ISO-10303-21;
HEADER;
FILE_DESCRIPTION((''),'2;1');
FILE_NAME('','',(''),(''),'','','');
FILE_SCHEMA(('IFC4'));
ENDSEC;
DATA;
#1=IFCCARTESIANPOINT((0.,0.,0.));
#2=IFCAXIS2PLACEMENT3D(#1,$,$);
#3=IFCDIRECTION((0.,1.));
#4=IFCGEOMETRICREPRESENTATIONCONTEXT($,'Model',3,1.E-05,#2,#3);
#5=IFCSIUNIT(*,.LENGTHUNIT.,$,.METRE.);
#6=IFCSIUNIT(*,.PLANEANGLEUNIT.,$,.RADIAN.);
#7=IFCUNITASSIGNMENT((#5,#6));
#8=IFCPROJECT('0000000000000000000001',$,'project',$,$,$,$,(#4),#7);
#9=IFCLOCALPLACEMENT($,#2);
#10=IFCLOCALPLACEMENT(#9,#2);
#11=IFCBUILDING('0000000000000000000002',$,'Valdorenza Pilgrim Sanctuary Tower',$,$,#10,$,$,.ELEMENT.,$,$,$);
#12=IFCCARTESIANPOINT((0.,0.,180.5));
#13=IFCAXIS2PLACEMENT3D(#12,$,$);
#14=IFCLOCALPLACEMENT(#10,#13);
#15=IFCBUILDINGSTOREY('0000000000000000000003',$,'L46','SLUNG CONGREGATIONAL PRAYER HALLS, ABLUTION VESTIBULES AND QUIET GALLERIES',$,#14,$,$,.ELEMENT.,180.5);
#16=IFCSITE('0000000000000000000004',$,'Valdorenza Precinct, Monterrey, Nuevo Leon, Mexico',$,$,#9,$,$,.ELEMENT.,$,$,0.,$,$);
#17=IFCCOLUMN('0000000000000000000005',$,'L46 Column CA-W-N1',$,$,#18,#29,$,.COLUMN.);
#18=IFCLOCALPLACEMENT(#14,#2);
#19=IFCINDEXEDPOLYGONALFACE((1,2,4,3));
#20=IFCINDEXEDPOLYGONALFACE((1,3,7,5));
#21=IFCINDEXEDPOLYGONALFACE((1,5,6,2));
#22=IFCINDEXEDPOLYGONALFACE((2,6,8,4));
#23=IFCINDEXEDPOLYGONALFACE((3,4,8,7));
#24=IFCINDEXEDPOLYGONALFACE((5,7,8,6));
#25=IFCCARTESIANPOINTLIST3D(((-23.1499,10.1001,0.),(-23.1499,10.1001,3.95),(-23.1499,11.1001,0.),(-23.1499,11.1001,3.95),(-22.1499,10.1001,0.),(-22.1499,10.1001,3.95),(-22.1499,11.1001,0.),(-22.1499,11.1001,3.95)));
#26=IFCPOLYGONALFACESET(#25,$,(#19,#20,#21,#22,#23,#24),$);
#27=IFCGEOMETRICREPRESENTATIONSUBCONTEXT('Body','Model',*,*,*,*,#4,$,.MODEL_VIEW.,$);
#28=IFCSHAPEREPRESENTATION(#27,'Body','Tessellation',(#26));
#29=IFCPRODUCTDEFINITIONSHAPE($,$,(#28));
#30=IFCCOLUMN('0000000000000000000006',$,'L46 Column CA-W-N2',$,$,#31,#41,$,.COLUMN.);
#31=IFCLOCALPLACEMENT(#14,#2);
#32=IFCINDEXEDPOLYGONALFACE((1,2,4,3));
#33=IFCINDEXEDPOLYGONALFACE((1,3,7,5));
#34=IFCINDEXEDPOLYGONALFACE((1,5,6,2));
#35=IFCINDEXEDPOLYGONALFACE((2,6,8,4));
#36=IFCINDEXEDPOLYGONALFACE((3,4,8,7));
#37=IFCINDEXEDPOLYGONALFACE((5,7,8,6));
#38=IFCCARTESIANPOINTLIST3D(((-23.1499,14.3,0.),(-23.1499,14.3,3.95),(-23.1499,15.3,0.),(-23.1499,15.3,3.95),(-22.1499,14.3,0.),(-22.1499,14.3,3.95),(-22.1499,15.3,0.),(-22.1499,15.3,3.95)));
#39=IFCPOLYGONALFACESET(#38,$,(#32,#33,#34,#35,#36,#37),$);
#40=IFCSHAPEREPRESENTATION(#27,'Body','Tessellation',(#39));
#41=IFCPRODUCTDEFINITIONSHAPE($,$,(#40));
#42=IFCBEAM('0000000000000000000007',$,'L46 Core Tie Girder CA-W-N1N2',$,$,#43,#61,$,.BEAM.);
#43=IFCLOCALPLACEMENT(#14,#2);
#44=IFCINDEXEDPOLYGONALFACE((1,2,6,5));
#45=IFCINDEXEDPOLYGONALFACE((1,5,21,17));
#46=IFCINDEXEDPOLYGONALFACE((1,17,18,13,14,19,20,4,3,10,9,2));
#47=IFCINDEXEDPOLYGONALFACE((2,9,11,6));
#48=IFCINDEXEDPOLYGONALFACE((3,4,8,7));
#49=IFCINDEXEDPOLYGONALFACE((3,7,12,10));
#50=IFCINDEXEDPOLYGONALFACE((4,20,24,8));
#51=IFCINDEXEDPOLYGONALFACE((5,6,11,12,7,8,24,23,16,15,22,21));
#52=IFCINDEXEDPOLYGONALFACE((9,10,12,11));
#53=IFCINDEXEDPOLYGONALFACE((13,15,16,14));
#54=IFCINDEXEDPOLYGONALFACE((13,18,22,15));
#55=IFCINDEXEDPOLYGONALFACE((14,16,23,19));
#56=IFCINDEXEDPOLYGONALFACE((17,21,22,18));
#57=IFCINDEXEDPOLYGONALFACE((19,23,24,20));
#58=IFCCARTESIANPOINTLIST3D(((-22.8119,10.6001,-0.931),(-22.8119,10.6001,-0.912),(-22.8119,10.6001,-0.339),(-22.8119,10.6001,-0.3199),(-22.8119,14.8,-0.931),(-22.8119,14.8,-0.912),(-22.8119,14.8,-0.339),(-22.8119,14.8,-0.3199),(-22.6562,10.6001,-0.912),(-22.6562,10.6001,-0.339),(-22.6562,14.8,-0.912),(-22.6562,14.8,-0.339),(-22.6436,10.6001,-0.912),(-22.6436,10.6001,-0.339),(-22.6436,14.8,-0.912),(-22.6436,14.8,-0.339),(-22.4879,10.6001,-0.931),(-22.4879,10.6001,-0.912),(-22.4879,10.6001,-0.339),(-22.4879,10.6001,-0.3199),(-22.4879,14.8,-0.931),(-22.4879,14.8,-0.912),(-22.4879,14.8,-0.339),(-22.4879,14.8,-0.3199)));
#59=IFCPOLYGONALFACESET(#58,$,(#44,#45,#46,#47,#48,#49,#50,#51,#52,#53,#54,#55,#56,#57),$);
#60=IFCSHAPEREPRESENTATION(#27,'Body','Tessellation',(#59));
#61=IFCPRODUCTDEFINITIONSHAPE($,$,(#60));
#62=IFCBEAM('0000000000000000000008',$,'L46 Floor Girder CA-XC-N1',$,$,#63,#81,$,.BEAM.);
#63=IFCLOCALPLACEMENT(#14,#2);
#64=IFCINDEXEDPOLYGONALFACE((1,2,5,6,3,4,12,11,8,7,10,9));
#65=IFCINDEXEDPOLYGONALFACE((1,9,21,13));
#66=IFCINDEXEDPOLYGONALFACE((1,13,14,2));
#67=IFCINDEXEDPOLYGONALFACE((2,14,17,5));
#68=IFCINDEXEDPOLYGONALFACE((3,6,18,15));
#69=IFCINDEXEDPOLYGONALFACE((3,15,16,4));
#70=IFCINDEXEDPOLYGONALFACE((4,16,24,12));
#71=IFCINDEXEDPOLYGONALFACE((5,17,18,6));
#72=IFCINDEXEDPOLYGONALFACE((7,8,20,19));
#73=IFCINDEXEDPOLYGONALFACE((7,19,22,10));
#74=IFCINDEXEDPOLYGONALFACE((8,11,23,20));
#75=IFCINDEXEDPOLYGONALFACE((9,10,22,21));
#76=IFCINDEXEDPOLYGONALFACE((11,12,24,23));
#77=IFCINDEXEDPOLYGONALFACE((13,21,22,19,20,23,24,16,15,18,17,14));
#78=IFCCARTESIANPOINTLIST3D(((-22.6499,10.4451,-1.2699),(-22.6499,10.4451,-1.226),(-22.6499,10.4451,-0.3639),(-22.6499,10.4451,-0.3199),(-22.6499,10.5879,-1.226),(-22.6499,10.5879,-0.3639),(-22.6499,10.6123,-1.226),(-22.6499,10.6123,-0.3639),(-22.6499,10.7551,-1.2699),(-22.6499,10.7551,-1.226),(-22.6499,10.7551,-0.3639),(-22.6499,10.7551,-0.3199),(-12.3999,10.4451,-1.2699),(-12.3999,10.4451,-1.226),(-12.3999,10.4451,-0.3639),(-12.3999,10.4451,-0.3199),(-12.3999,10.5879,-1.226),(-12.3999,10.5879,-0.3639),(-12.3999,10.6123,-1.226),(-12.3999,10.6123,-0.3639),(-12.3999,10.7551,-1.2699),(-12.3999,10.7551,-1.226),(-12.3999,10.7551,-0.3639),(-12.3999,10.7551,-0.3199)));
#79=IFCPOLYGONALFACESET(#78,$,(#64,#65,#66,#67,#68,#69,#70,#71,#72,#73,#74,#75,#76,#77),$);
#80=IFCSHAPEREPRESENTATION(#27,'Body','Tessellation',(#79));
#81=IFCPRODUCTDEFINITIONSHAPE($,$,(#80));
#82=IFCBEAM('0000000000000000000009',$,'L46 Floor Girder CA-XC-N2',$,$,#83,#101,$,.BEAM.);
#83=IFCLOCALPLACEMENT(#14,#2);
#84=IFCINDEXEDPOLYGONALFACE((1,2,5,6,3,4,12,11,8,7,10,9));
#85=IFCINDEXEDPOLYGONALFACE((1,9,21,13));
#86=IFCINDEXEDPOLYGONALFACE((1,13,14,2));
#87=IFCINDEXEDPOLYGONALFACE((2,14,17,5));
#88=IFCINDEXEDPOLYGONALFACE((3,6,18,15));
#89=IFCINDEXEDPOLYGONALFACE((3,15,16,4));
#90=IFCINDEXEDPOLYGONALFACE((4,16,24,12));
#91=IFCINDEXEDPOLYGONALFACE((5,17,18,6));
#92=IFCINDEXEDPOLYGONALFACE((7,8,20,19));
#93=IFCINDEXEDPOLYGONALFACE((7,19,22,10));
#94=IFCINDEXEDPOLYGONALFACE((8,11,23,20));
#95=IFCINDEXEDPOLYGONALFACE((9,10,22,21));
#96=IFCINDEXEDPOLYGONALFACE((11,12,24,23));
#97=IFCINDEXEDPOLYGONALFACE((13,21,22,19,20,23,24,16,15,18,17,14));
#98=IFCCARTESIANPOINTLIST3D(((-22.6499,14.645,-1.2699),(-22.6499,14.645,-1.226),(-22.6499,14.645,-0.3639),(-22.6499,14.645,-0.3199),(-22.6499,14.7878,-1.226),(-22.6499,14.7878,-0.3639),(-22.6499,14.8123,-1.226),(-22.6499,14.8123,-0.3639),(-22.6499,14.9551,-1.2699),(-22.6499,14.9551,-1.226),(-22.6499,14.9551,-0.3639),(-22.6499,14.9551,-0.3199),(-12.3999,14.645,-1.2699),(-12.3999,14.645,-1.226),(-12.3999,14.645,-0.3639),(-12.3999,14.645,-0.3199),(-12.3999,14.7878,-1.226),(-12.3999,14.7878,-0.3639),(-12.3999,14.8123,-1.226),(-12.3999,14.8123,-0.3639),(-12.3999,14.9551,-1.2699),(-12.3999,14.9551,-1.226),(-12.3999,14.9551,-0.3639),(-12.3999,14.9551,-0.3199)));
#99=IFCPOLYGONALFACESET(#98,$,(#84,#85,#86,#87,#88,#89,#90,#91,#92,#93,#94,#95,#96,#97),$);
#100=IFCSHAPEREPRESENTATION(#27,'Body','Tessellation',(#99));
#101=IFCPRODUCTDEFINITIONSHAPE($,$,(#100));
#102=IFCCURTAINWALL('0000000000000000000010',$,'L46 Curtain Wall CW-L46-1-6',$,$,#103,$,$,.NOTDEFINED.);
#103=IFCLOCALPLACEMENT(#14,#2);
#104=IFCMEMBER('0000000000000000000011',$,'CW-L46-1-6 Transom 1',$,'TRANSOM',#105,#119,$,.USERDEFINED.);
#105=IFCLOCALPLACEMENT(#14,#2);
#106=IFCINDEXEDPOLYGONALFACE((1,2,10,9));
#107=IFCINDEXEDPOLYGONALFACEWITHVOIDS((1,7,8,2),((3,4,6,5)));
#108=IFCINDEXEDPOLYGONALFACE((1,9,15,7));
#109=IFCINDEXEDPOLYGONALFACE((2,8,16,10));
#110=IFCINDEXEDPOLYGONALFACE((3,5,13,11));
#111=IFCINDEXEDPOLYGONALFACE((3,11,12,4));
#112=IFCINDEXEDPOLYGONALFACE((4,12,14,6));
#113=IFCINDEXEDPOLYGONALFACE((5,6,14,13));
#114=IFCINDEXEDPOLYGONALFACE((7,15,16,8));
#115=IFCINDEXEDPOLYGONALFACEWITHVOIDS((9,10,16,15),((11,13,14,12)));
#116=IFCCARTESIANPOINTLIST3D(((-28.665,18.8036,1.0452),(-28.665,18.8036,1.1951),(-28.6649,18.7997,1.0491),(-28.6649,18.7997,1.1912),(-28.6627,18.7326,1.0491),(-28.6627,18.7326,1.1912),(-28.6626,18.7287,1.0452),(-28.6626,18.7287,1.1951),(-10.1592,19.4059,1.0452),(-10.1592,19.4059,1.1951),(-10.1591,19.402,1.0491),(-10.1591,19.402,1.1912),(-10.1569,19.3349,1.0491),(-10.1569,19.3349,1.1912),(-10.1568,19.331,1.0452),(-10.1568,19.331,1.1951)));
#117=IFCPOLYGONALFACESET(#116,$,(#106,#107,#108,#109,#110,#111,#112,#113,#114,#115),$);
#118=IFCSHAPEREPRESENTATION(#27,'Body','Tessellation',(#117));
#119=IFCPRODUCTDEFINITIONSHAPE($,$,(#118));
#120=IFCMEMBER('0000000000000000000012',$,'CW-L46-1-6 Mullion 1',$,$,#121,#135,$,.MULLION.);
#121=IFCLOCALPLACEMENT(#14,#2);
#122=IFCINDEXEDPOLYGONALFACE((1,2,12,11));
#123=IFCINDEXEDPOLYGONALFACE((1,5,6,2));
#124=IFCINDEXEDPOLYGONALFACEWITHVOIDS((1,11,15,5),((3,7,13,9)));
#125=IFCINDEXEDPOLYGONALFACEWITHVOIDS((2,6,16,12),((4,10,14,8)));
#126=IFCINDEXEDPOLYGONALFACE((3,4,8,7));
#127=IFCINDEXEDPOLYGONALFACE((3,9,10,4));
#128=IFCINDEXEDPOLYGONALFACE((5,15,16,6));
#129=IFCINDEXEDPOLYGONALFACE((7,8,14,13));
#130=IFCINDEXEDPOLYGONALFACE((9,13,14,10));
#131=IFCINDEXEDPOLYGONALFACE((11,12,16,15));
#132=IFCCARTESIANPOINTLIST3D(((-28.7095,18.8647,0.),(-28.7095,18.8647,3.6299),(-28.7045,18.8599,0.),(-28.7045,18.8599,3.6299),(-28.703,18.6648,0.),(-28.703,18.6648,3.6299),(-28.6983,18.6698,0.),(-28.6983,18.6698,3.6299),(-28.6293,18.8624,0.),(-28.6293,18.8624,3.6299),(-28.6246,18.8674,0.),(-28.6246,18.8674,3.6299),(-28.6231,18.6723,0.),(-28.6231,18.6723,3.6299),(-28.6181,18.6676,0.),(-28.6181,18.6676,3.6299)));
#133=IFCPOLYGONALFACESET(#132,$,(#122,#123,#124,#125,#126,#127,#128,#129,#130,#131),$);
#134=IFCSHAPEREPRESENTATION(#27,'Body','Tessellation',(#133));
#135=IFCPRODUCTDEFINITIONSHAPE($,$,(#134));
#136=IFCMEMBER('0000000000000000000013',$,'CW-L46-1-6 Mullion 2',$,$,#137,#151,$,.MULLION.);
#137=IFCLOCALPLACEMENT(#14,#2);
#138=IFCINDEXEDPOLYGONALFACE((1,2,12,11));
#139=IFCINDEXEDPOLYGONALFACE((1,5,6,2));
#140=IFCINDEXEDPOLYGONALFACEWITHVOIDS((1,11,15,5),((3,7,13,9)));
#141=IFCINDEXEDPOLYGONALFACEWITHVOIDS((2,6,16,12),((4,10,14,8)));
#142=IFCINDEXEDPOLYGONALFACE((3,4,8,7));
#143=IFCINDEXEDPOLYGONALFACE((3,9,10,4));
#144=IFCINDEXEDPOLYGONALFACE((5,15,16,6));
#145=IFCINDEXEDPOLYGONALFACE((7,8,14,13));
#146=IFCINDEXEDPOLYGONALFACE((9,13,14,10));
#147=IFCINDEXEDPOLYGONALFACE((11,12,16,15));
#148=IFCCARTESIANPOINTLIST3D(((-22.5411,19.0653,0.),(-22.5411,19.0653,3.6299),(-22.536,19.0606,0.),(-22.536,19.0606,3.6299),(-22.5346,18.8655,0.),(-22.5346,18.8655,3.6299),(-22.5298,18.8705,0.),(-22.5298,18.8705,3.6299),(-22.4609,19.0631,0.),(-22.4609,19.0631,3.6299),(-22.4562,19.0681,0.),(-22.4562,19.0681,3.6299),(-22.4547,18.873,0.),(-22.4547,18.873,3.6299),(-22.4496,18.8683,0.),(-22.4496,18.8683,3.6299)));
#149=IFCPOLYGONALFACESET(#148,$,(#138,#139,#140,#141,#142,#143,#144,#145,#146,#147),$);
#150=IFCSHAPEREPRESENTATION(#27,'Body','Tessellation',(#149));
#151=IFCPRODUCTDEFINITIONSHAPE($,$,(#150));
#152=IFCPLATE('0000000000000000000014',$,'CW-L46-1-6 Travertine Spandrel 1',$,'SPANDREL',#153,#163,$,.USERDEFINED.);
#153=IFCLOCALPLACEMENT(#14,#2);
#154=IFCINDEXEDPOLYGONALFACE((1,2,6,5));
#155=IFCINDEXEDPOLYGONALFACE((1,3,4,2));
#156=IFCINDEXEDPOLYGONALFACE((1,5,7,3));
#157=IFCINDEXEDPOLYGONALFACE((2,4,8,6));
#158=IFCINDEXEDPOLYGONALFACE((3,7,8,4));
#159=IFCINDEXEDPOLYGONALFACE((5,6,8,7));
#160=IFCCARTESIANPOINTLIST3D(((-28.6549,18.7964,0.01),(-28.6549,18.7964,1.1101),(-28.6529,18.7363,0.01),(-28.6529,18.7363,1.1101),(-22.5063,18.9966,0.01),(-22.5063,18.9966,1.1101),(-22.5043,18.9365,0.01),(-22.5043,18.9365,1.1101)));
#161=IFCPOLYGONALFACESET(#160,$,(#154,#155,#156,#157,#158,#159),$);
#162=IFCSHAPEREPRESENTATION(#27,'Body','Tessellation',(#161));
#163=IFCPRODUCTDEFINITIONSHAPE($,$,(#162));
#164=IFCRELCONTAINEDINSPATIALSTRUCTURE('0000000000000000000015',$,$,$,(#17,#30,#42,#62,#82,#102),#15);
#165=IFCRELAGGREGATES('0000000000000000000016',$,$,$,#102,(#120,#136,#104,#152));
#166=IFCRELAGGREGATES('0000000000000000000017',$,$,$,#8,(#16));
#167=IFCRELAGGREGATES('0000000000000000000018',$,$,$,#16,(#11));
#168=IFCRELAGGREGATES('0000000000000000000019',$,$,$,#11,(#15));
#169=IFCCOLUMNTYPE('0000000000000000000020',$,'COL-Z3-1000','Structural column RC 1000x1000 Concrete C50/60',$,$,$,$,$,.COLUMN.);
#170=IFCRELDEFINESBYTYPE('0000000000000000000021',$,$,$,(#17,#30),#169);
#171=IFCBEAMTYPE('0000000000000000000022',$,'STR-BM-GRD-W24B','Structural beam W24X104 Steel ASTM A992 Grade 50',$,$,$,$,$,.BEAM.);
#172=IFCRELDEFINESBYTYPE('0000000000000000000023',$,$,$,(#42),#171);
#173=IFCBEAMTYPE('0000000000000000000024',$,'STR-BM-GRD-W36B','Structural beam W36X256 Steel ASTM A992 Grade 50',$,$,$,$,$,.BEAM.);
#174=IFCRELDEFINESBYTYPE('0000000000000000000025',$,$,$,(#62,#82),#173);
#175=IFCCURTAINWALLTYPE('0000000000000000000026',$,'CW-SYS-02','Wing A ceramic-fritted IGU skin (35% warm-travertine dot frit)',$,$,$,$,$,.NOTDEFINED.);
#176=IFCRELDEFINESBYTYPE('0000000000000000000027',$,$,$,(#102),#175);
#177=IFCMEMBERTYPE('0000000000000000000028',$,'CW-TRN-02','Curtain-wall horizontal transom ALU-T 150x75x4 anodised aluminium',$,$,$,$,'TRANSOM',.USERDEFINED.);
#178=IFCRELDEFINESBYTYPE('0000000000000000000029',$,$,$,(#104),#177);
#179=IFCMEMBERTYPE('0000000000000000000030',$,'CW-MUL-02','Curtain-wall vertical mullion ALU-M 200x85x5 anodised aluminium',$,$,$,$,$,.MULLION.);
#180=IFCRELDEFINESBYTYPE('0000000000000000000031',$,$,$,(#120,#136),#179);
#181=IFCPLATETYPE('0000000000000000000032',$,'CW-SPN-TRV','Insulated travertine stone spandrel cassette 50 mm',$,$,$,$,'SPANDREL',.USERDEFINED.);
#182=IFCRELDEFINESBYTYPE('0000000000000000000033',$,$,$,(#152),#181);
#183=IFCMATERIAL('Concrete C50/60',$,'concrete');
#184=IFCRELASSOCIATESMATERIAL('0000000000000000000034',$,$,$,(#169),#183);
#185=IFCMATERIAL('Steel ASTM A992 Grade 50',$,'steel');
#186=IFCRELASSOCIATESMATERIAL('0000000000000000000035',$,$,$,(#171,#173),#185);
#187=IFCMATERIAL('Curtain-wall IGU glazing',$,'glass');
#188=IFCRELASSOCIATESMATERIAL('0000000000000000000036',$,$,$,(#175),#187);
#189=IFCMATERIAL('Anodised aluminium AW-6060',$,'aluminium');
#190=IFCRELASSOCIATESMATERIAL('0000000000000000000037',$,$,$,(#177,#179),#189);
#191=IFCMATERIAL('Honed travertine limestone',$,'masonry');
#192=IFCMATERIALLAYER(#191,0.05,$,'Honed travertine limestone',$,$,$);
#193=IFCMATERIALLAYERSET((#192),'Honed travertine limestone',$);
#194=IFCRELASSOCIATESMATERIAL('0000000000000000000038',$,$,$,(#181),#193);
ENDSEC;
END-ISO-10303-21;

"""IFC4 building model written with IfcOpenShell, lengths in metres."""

from ifc_helpers import new_model, si_unit, direction, frame, origin, origin_2d, place, context, subcontext, project, spatial, rectangle, hollow_rectangle, i_section, extrude, source, transform, mapped, material, layer, layer_set, material_profile, profile_set, type_object, element, aggregate, save


model = new_model("IFC4")

# Units and contexts
model_context = context("Model", 3, precision=1e-05, world=origin(), true_north=direction((0.0, 1.0)))
body_context = subcontext(model_context, "Body", "Model", "MODEL_VIEW")
ifc_project = project(units=[si_unit("LENGTHUNIT", "METRE"), si_unit("PLANEANGLEUNIT", "RADIAN")], contexts=[model_context])

# Site, building, storey
site_placement = place(None, origin())
site = spatial("IfcSite", under=ifc_project, at=site_placement, Name="Valdorenza Precinct, Monterrey, Nuevo Leon, Mexico", CompositionType="ELEMENT", RefElevation=0.0)
building_placement = place(site_placement, origin())
building = spatial("IfcBuilding", under=site, at=building_placement, Name="Valdorenza Pilgrim Sanctuary Tower", CompositionType="ELEMENT")
storey_placement = place(building_placement, frame((0.0, 0.0, 180.5)))
storey = spatial("IfcBuildingStorey", under=building, at=storey_placement, Name="L46", Description="SLUNG CONGREGATIONAL PRAYER HALLS, ABLUTION VESTIBULES AND QUIET GALLERIES", CompositionType="ELEMENT", Elevation=180.5)

# Columns
ifc_material_1 = material(Name="Concrete C50/60", Category="concrete")
ifc_material_profile_1 = material_profile(ifc_material_1, rectangle(XDim=1.0, YDim=1.0, at=origin_2d()), Name="RC 1000x1000")
ifc_profile_set_1 = profile_set([ifc_material_profile_1], Name="Concrete C50/60")
column_type = type_object("IfcColumnType", Name="COL-Z3-1000", Description="Structural column RC 1000x1000 Concrete C50/60", PredefinedType="COLUMN", material=ifc_profile_set_1)
shared_shape_1 = source(origin(), body_context, "Body", "SweptSolid", [
    extrude(rectangle(XDim=1.0, YDim=1.0, at=origin_2d()), origin(), (0.0, 0.0, 1.0), 3.95),
])
for number, where, z_axis, x_axis, name in (
    (1, (-22.6499, 10.6001, 0.0), (0.0, 0.0, 1.0), (1.0, 0.0, 0.0), "L46 Column CA-W-N1"),
    (2, (-22.6499, 14.8, 0.0), (0.0, 0.0, 1.0), (1.0, 0.0, 0.0), "L46 Column CA-W-N2"),
):
    element("IfcColumn", number, at=place(storey_placement, frame(where, z_axis=z_axis, x_axis=x_axis)), inside=storey, type_object=column_type, Name=name, PredefinedType="COLUMN", context=body_context, shape_type="MappedRepresentation", body=[
        mapped(shared_shape_1, transform((0.0, 0.0, 0.0), x_axis=(1.0, 0.0, 0.0), y_axis=(0.0, 1.0, 0.0), z_axis=(0.0, 0.0, 1.0), scale=1.0)),
    ])

# Beams
ifc_material_2 = material(Name="Steel ASTM A992 Grade 50", Category="steel")
ifc_material_profile_2 = material_profile(ifc_material_2, i_section(OverallWidth=0.324, OverallDepth=0.6111, WebThickness=0.0127, FlangeThickness=0.019, at=origin_2d()), Name="W24X104")
ifc_profile_set_2 = profile_set([ifc_material_profile_2], Name="Steel ASTM A992 Grade 50")
beam_type_1 = type_object("IfcBeamType", Name="STR-BM-GRD-W24B", Description="Structural beam W24X104 Steel ASTM A992 Grade 50", PredefinedType="BEAM", material=ifc_profile_set_2)
shared_shape_2 = source(origin(), body_context, "Body", "SweptSolid", [
    extrude(i_section(OverallWidth=0.324, OverallDepth=0.6111, WebThickness=0.0127, FlangeThickness=0.019, at=origin_2d()), origin(), (0.0, 0.0, 1.0), 4.2),
])
beam_placement = place(storey_placement, frame((-22.6499, 10.6001, -0.6255), z_axis=(0.0, 1.0, 0.0), x_axis=(-1.0, 0.0, 0.0)))
element("IfcBeam", 3, at=beam_placement, inside=storey, type_object=beam_type_1, Name="L46 Core Tie Girder CA-W-N1N2", PredefinedType="BEAM", context=body_context, shape_type="MappedRepresentation", body=[
    mapped(shared_shape_2, transform((0.0, 0.0, 0.0), x_axis=(1.0, 0.0, 0.0), y_axis=(0.0, 1.0, 0.0), z_axis=(0.0, 0.0, 1.0), scale=1.0)),
])
ifc_material_profile_3 = material_profile(ifc_material_2, i_section(OverallWidth=0.3101, OverallDepth=0.95, WebThickness=0.0244, FlangeThickness=0.0439, at=origin_2d()), Name="W36X256")
ifc_profile_set_3 = profile_set([ifc_material_profile_3], Name="Steel ASTM A992 Grade 50")
beam_type_2 = type_object("IfcBeamType", Name="STR-BM-GRD-W36B", Description="Structural beam W36X256 Steel ASTM A992 Grade 50", PredefinedType="BEAM", material=ifc_profile_set_3)
shared_shape_3 = source(origin(), body_context, "Body", "SweptSolid", [
    extrude(i_section(OverallWidth=0.3101, OverallDepth=0.95, WebThickness=0.0244, FlangeThickness=0.0439, at=origin_2d()), origin(), (0.0, 0.0, 1.0), 10.25),
])
for number, where, z_axis, x_axis, name in (
    (4, (-22.6499, 10.6001, -0.7949), (1.0, 0.0, 0.0), (0.0, 1.0, 0.0), "L46 Floor Girder CA-XC-N1"),
    (5, (-22.6499, 14.8, -0.7949), (1.0, 0.0, 0.0), (0.0, 1.0, 0.0), "L46 Floor Girder CA-XC-N2"),
):
    element("IfcBeam", number, at=place(storey_placement, frame(where, z_axis=z_axis, x_axis=x_axis)), inside=storey, type_object=beam_type_2, Name=name, PredefinedType="BEAM", context=body_context, shape_type="MappedRepresentation", body=[
        mapped(shared_shape_3, transform((0.0, 0.0, 0.0), x_axis=(1.0, 0.0, 0.0), y_axis=(0.0, 1.0, 0.0), z_axis=(0.0, 0.0, 1.0), scale=1.0)),
    ])

# Curtain wall, members, plate
ifc_material_3 = material(Name="Curtain-wall IGU glazing", Category="glass")
curtain_wall_type = type_object("IfcCurtainWallType", Name="CW-SYS-02", Description="Wing A ceramic-fritted IGU skin (35% warm-travertine dot frit)", PredefinedType="NOTDEFINED", material=ifc_material_3)
curtain_wall_placement = place(storey_placement, origin())
curtain_wall = element("IfcCurtainWall", 6, at=curtain_wall_placement, inside=storey, type_object=curtain_wall_type, Name="L46 Curtain Wall CW-L46-1-6", PredefinedType="NOTDEFINED")
ifc_material_4 = material(Name="Anodised aluminium AW-6060", Category="aluminium")
ifc_material_profile_4 = material_profile(ifc_material_4, hollow_rectangle(XDim=0.075, YDim=0.1499, WallThickness=0.0039, at=origin_2d()), Name="ALU-T 150x75x4")
ifc_profile_set_4 = profile_set([ifc_material_profile_4], Name="Anodised aluminium AW-6060")
member_type_1 = type_object("IfcMemberType", Name="CW-TRN-02", Description="Curtain-wall horizontal transom ALU-T 150x75x4 anodised aluminium", ElementType="TRANSOM", PredefinedType="USERDEFINED", material=ifc_profile_set_4)
shared_shape_4 = source(origin(), body_context, "Body", "SweptSolid", [
    extrude(hollow_rectangle(XDim=0.075, YDim=0.1499, WallThickness=0.0039, at=origin_2d()), origin(), (0.0, 0.0, 1.0), 18.5156),
])
member_1_placement = place(storey_placement, frame((-28.6638, 18.7661, 1.1201), z_axis=(0.999471, 0.032529, 0.0), x_axis=(-0.032529, 0.999471, 0.0)))
member_1 = element("IfcMember", 7, at=member_1_placement, type_object=member_type_1, Name="CW-L46-1-6 Transom 1", ObjectType="TRANSOM", PredefinedType="USERDEFINED", context=body_context, shape_type="MappedRepresentation", body=[
    mapped(shared_shape_4, transform((0.0, 0.0, 0.0), x_axis=(1.0, 0.0, 0.0), y_axis=(0.0, 1.0, 0.0), z_axis=(0.0, 0.0, 1.0), scale=1.0)),
])
ifc_material_profile_5 = material_profile(ifc_material_4, hollow_rectangle(XDim=0.085, YDim=0.2, WallThickness=0.0049, at=origin_2d()), Name="ALU-M 200x85x5")
ifc_profile_set_5 = profile_set([ifc_material_profile_5], Name="Anodised aluminium AW-6060")
member_type_2 = type_object("IfcMemberType", Name="CW-MUL-02", Description="Curtain-wall vertical mullion ALU-M 200x85x5 anodised aluminium", PredefinedType="MULLION", material=ifc_profile_set_5)
shared_shape_5 = source(origin(), body_context, "Body", "SweptSolid", [
    extrude(hollow_rectangle(XDim=0.085, YDim=0.2, WallThickness=0.0049, at=origin_2d()), origin(), (0.0, 0.0, 1.0), 3.6299),
])
member_2_placement = place(storey_placement, frame((-28.6638, 18.7661, 0.0), z_axis=(0.0, 0.0, 1.0), x_axis=(0.99947, 0.032545, 0.0)))
member_2 = element("IfcMember", 8, at=member_2_placement, type_object=member_type_2, Name="CW-L46-1-6 Mullion 1", PredefinedType="MULLION", context=body_context, shape_type="MappedRepresentation", body=[
    mapped(shared_shape_5, transform((0.0, 0.0, 0.0), x_axis=(1.0, 0.0, 0.0), y_axis=(0.0, 1.0, 0.0), z_axis=(0.0, 0.0, 1.0), scale=1.0)),
])
member_3_placement = place(storey_placement, frame((-22.4954, 18.9668, 0.0), z_axis=(0.0, 0.0, 1.0), x_axis=(0.99947, 0.032545, 0.0)))
member_3 = element("IfcMember", 9, at=member_3_placement, type_object=member_type_2, Name="CW-L46-1-6 Mullion 2", PredefinedType="MULLION", context=body_context, shape_type="MappedRepresentation", body=[
    mapped(shared_shape_5, transform((0.0, 0.0, 0.0), x_axis=(1.0, 0.0, 0.0), y_axis=(0.0, 1.0, 0.0), z_axis=(0.0, 0.0, 1.0), scale=1.0)),
])
ifc_material_5 = material(Name="Honed travertine limestone", Category="masonry")
ifc_layer_1 = layer(ifc_material_5, 0.05, Name="Honed travertine limestone")
ifc_layer_set_1 = layer_set([ifc_layer_1], Name="Honed travertine limestone")
plate_type_1 = type_object("IfcPlateType", Name="CW-SPN-TRV", Description="Insulated travertine stone spandrel cassette 50 mm", ElementType="SPANDREL", PredefinedType="USERDEFINED", material=ifc_layer_set_1)
shared_shape_6 = source(origin(), body_context, "Body", "SweptSolid", [
    extrude(rectangle(XDim=6.1519, YDim=0.0601, at=origin_2d()), origin(), (0.0, 0.0, 1.0), 1.1001),
])
plate_1_placement = place(storey_placement, frame((-25.5796, 18.8665, 0.01), z_axis=(0.0, 0.0, 1.0), x_axis=(0.99947, 0.032545, 0.0)))
plate_1 = element("IfcPlate", 10, at=plate_1_placement, type_object=plate_type_1, Name="CW-L46-1-6 Travertine Spandrel 1", ObjectType="SPANDREL", PredefinedType="USERDEFINED", context=body_context, shape_type="MappedRepresentation", body=[
    mapped(shared_shape_6, transform((0.0, 0.0, 0.0), x_axis=(1.0, 0.0, 0.0), y_axis=(0.0, 1.0, 0.0), z_axis=(0.0, 0.0, 1.0), scale=1.0)),
])
aggregate(curtain_wall, [member_2, member_3, member_1, plate_1])

save(model, "model.ifc")
